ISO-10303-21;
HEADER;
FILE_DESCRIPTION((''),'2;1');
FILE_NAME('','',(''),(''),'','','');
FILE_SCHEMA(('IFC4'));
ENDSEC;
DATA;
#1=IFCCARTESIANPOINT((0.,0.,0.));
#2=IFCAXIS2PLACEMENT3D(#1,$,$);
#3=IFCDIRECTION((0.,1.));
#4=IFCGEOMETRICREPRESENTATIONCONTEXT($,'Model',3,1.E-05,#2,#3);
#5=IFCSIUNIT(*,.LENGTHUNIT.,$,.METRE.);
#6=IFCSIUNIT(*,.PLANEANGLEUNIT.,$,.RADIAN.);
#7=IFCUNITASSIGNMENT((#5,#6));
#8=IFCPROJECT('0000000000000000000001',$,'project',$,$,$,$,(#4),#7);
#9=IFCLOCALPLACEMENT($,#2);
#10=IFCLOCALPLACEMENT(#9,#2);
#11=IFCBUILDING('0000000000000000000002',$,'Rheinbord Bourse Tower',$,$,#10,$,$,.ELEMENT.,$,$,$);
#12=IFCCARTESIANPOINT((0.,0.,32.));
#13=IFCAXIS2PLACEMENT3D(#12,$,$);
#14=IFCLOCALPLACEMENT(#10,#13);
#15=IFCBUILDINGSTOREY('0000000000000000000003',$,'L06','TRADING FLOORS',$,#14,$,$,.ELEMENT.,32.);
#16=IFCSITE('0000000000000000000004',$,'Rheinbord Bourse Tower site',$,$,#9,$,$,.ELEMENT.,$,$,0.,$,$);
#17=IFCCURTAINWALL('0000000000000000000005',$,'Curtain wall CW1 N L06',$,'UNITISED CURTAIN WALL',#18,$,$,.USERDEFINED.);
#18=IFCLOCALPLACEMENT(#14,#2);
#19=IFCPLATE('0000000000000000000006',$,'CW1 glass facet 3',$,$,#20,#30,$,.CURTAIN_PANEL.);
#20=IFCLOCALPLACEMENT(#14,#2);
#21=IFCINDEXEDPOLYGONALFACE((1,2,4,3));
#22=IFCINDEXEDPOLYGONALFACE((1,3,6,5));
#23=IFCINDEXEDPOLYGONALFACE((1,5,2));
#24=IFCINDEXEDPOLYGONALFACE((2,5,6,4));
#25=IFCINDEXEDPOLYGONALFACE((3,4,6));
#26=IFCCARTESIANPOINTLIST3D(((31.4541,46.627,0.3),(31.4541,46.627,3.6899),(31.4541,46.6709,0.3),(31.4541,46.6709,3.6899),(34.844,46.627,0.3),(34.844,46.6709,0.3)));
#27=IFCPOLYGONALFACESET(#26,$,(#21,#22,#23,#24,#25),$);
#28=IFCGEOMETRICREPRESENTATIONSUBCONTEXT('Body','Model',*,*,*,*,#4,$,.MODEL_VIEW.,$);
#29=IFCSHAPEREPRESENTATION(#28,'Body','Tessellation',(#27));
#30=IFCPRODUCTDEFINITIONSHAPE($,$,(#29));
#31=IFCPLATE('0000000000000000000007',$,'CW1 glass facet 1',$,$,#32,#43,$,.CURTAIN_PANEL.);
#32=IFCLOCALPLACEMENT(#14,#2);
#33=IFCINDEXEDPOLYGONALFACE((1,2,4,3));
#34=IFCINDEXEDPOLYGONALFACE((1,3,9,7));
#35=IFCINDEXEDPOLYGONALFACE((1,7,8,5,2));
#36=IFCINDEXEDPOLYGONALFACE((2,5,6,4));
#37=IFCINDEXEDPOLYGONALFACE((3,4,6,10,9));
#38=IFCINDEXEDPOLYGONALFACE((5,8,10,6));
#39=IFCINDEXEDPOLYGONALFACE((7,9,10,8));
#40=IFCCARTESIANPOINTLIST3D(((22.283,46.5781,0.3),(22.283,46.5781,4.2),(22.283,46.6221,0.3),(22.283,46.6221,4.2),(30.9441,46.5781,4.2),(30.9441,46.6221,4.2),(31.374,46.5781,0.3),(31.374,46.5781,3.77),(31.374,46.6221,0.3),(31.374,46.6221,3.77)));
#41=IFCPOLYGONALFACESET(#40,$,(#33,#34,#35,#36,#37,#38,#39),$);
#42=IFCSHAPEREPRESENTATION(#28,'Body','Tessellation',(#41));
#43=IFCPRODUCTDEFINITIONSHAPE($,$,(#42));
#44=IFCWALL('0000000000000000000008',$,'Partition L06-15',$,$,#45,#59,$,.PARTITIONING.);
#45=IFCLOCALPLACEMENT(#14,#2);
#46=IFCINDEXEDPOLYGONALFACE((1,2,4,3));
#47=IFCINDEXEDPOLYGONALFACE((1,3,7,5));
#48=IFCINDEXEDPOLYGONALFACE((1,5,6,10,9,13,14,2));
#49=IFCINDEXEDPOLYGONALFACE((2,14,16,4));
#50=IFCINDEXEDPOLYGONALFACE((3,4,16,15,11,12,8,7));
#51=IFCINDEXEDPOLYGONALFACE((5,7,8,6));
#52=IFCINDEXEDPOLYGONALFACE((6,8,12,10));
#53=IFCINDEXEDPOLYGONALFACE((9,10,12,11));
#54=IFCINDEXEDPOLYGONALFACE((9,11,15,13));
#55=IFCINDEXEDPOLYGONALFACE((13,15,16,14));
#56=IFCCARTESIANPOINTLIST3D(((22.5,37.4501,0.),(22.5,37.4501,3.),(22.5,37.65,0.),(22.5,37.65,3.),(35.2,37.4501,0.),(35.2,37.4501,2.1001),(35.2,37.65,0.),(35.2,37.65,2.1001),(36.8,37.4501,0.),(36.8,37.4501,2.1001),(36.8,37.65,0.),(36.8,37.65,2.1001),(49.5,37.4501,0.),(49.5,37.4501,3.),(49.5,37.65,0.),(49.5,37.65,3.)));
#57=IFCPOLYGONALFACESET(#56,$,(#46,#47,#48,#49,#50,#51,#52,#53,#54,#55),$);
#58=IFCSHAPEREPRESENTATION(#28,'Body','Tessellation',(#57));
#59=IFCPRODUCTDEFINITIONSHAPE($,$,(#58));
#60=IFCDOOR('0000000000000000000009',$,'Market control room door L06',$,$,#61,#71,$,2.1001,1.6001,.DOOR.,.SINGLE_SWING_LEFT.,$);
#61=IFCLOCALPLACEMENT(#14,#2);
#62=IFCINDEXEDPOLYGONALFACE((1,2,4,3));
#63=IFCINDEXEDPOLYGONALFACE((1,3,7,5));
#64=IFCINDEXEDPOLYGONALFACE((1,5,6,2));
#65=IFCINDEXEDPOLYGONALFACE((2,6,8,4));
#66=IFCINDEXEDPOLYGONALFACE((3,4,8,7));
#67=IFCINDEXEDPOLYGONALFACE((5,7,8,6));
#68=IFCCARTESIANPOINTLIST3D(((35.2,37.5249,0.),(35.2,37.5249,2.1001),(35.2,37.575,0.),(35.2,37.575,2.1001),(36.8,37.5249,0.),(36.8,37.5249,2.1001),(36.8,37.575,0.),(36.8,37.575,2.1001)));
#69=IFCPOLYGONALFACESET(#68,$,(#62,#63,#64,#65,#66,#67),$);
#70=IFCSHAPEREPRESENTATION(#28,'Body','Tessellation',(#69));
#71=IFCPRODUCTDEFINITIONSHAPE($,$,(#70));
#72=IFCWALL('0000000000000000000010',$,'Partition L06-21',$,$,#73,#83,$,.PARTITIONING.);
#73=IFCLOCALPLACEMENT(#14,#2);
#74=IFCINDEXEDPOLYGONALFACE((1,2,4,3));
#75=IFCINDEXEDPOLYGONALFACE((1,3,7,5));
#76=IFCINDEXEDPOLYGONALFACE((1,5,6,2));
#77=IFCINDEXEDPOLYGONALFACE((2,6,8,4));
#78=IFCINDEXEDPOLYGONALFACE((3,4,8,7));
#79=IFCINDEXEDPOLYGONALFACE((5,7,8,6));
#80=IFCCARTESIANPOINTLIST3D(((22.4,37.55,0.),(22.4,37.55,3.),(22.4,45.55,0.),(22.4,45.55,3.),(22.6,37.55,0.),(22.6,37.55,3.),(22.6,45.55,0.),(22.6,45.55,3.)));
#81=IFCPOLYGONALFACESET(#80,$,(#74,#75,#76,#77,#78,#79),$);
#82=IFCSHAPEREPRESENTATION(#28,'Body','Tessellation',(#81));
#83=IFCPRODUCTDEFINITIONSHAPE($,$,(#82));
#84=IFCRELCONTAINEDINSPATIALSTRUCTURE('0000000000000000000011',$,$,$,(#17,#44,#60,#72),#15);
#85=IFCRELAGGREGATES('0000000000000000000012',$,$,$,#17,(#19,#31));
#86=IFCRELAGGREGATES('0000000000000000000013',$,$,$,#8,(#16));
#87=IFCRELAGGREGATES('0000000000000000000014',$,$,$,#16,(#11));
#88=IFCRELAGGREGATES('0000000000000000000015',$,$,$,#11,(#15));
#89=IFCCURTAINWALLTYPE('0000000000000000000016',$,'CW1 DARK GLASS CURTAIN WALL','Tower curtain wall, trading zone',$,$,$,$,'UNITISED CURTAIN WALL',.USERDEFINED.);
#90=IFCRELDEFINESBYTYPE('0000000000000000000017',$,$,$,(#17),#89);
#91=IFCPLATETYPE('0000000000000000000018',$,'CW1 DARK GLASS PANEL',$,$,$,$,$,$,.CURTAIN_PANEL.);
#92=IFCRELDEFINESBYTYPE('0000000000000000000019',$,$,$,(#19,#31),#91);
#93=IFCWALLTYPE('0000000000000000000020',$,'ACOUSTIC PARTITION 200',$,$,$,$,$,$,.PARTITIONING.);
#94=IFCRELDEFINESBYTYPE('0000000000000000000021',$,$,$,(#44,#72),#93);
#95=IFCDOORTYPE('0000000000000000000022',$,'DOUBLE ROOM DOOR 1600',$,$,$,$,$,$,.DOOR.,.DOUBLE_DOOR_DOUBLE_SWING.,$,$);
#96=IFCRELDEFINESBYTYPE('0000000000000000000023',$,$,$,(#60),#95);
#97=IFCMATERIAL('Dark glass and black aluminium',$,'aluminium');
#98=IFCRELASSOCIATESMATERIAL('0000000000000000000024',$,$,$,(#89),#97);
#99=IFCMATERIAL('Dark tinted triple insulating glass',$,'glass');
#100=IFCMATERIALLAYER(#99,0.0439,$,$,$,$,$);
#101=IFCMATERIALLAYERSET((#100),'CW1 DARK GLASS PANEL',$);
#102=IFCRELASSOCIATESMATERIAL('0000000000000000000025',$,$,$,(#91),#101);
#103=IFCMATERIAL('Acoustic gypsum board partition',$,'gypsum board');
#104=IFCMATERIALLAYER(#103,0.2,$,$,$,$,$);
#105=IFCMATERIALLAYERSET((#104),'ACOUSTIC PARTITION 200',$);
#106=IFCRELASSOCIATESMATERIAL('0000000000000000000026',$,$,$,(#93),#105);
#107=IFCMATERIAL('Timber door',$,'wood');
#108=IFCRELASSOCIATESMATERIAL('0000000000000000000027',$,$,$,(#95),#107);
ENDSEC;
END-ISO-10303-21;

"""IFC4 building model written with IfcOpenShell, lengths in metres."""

from ifc_helpers import new_model, si_unit, direction, frame, frame_2d, origin, place, context, subcontext, project, spatial, polyline, rectangle, outline, extrude, material, layer, layer_set, type_object, element, fill, aggregate, save


model = new_model("IFC4")

# Units and contexts
model_context = context("Model", 3, precision=1e-05, world=origin(), true_north=direction((0.0, 1.0)))
body_context = subcontext(model_context, "Body", "Model", "MODEL_VIEW")
ifc_project = project(units=[si_unit("LENGTHUNIT", "METRE"), si_unit("PLANEANGLEUNIT", "RADIAN")], contexts=[model_context])

# Site, building, storey
site_placement = place(None, origin())
site = spatial("IfcSite", under=ifc_project, at=site_placement, Name="Rheinbord Bourse Tower site", CompositionType="ELEMENT", RefElevation=0.0)
building_placement = place(site_placement, origin())
building = spatial("IfcBuilding", under=site, at=building_placement, Name="Rheinbord Bourse Tower", CompositionType="ELEMENT")
storey_placement = place(building_placement, frame((0.0, 0.0, 32.0)))
storey = spatial("IfcBuildingStorey", under=building, at=storey_placement, Name="L06", Description="TRADING FLOORS", CompositionType="ELEMENT", Elevation=32.0)

# Curtain wall
ifc_material_1 = material(Name="Dark glass and black aluminium", Category="aluminium")
curtain_wall_type = type_object("IfcCurtainWallType", Name="CW1 DARK GLASS CURTAIN WALL", Description="Tower curtain wall, trading zone", ElementType="UNITISED CURTAIN WALL", PredefinedType="USERDEFINED", material=ifc_material_1)
curtain_wall_placement = place(storey_placement, origin())
curtain_wall = element("IfcCurtainWall", 1, at=curtain_wall_placement, inside=storey, type_object=curtain_wall_type, Name="Curtain wall CW1 N L06", ObjectType="UNITISED CURTAIN WALL", PredefinedType="USERDEFINED")

# Plates
ifc_material_2 = material(Name="Dark tinted triple insulating glass", Category="glass")
ifc_layer_1 = layer(ifc_material_2, 0.0439)
ifc_layer_set_1 = layer_set([ifc_layer_1], Name="CW1 DARK GLASS PANEL")
plate_type = type_object("IfcPlateType", Name="CW1 DARK GLASS PANEL", PredefinedType="CURTAIN_PANEL", material=ifc_layer_set_1)
plate_1_placement = place(storey_placement, frame((31.4541, 46.6709, 0.3), z_axis=(0.0, -1.0, 0.0), x_axis=(1.0, 0.0, 0.0)))
plate_1 = element("IfcPlate", 2, at=plate_1_placement, type_object=plate_type, Name="CW1 glass facet 3", PredefinedType="CURTAIN_PANEL", context=body_context, shape_type="SweptSolid", body=[
    extrude(outline(polyline([(0.0, 0.0), (3.3899, 0.0), (0.0, 3.3899), (0.0, 0.0)])), origin(), (0.0, 0.0, 1.0), 0.0439),
])
plate_2_placement = place(storey_placement, frame((22.283, 46.6221, 4.2), z_axis=(0.0, -1.0, 0.0), x_axis=(0.0, 0.0, -1.0)))
plate_2 = element("IfcPlate", 3, at=plate_2_placement, type_object=plate_type, Name="CW1 glass facet 1", PredefinedType="CURTAIN_PANEL", context=body_context, shape_type="SweptSolid", body=[
    extrude(outline(polyline([(0.0, 0.0), (3.8999, 0.0), (3.8999, 9.0911), (0.4299, 9.0911), (0.0, 8.6611), (0.0, 0.0)])), origin(), (0.0, 0.0, 1.0), 0.0439),
])
aggregate(curtain_wall, [plate_1, plate_2])

# Wall, opening, door
ifc_material_3 = material(Name="Acoustic gypsum board partition", Category="gypsum board")
ifc_layer_2 = layer(ifc_material_3, 0.2)
ifc_layer_set_2 = layer_set([ifc_layer_2], Name="ACOUSTIC PARTITION 200")
wall_type = type_object("IfcWallType", Name="ACOUSTIC PARTITION 200", PredefinedType="PARTITIONING", material=ifc_layer_set_2)
wall_1_placement = place(storey_placement, frame((22.5, 37.55, 0.0), z_axis=(0.0, 0.0, 1.0), x_axis=(1.0, 0.0, 0.0)))
wall_1 = element("IfcWall", 4, at=wall_1_placement, inside=storey, type_object=wall_type, Name="Partition L06-15", PredefinedType="PARTITIONING", context=body_context, shape_type="SweptSolid", body=[
    extrude(rectangle(XDim=27.0, YDim=0.2, at=frame_2d((13.5, 0.0))), origin(), (0.0, 0.0, 1.0), 3.0),
])
opening_placement = place(wall_1_placement, frame((12.7, 0.0, 0.0)))
opening = element("IfcOpeningElement", 5, at=opening_placement, cuts=wall_1, PredefinedType="OPENING", context=body_context, shape_type="SweptSolid", body=[
    extrude(rectangle(XDim=1.6001, YDim=2.1001, at=frame_2d((0.8, 1.05))), frame((0.0, 0.1099, 0.0), z_axis=(0.0, -1.0, 0.0), x_axis=(1.0, 0.0, 0.0)), (0.0, 0.0, 1.0), 0.22),
])
ifc_material_4 = material(Name="Timber door", Category="wood")
door_type = type_object("IfcDoorType", Name="DOUBLE ROOM DOOR 1600", OperationType="DOUBLE_DOOR_DOUBLE_SWING", PredefinedType="DOOR", material=ifc_material_4)
door_placement = place(opening_placement, origin())
door = element("IfcDoor", 6, at=door_placement, inside=storey, type_object=door_type, Name="Market control room door L06", OperationType="SINGLE_SWING_LEFT", OverallHeight=2.1001, OverallWidth=1.6001, PredefinedType="DOOR", context=body_context, shape_type="SweptSolid", body=[
    extrude(rectangle(XDim=1.6001, YDim=2.1001, at=frame_2d((0.8, 1.05))), frame((0.0, 0.0249, 0.0), z_axis=(0.0, -1.0, 0.0), x_axis=(1.0, 0.0, 0.0)), (0.0, 0.0, 1.0), 0.05),
])
fill(opening, door)

# Wall
wall_2_placement = place(storey_placement, frame((22.5, 37.55, 0.0), z_axis=(0.0, 0.0, 1.0), x_axis=(0.0, 1.0, 0.0)))
element("IfcWall", 7, at=wall_2_placement, inside=storey, type_object=wall_type, Name="Partition L06-21", PredefinedType="PARTITIONING", context=body_context, shape_type="SweptSolid", body=[
    extrude(rectangle(XDim=8.0, YDim=0.2, at=frame_2d((4.0, 0.0))), origin(), (0.0, 0.0, 1.0), 3.0),
])

save(model, "model.ifc")
